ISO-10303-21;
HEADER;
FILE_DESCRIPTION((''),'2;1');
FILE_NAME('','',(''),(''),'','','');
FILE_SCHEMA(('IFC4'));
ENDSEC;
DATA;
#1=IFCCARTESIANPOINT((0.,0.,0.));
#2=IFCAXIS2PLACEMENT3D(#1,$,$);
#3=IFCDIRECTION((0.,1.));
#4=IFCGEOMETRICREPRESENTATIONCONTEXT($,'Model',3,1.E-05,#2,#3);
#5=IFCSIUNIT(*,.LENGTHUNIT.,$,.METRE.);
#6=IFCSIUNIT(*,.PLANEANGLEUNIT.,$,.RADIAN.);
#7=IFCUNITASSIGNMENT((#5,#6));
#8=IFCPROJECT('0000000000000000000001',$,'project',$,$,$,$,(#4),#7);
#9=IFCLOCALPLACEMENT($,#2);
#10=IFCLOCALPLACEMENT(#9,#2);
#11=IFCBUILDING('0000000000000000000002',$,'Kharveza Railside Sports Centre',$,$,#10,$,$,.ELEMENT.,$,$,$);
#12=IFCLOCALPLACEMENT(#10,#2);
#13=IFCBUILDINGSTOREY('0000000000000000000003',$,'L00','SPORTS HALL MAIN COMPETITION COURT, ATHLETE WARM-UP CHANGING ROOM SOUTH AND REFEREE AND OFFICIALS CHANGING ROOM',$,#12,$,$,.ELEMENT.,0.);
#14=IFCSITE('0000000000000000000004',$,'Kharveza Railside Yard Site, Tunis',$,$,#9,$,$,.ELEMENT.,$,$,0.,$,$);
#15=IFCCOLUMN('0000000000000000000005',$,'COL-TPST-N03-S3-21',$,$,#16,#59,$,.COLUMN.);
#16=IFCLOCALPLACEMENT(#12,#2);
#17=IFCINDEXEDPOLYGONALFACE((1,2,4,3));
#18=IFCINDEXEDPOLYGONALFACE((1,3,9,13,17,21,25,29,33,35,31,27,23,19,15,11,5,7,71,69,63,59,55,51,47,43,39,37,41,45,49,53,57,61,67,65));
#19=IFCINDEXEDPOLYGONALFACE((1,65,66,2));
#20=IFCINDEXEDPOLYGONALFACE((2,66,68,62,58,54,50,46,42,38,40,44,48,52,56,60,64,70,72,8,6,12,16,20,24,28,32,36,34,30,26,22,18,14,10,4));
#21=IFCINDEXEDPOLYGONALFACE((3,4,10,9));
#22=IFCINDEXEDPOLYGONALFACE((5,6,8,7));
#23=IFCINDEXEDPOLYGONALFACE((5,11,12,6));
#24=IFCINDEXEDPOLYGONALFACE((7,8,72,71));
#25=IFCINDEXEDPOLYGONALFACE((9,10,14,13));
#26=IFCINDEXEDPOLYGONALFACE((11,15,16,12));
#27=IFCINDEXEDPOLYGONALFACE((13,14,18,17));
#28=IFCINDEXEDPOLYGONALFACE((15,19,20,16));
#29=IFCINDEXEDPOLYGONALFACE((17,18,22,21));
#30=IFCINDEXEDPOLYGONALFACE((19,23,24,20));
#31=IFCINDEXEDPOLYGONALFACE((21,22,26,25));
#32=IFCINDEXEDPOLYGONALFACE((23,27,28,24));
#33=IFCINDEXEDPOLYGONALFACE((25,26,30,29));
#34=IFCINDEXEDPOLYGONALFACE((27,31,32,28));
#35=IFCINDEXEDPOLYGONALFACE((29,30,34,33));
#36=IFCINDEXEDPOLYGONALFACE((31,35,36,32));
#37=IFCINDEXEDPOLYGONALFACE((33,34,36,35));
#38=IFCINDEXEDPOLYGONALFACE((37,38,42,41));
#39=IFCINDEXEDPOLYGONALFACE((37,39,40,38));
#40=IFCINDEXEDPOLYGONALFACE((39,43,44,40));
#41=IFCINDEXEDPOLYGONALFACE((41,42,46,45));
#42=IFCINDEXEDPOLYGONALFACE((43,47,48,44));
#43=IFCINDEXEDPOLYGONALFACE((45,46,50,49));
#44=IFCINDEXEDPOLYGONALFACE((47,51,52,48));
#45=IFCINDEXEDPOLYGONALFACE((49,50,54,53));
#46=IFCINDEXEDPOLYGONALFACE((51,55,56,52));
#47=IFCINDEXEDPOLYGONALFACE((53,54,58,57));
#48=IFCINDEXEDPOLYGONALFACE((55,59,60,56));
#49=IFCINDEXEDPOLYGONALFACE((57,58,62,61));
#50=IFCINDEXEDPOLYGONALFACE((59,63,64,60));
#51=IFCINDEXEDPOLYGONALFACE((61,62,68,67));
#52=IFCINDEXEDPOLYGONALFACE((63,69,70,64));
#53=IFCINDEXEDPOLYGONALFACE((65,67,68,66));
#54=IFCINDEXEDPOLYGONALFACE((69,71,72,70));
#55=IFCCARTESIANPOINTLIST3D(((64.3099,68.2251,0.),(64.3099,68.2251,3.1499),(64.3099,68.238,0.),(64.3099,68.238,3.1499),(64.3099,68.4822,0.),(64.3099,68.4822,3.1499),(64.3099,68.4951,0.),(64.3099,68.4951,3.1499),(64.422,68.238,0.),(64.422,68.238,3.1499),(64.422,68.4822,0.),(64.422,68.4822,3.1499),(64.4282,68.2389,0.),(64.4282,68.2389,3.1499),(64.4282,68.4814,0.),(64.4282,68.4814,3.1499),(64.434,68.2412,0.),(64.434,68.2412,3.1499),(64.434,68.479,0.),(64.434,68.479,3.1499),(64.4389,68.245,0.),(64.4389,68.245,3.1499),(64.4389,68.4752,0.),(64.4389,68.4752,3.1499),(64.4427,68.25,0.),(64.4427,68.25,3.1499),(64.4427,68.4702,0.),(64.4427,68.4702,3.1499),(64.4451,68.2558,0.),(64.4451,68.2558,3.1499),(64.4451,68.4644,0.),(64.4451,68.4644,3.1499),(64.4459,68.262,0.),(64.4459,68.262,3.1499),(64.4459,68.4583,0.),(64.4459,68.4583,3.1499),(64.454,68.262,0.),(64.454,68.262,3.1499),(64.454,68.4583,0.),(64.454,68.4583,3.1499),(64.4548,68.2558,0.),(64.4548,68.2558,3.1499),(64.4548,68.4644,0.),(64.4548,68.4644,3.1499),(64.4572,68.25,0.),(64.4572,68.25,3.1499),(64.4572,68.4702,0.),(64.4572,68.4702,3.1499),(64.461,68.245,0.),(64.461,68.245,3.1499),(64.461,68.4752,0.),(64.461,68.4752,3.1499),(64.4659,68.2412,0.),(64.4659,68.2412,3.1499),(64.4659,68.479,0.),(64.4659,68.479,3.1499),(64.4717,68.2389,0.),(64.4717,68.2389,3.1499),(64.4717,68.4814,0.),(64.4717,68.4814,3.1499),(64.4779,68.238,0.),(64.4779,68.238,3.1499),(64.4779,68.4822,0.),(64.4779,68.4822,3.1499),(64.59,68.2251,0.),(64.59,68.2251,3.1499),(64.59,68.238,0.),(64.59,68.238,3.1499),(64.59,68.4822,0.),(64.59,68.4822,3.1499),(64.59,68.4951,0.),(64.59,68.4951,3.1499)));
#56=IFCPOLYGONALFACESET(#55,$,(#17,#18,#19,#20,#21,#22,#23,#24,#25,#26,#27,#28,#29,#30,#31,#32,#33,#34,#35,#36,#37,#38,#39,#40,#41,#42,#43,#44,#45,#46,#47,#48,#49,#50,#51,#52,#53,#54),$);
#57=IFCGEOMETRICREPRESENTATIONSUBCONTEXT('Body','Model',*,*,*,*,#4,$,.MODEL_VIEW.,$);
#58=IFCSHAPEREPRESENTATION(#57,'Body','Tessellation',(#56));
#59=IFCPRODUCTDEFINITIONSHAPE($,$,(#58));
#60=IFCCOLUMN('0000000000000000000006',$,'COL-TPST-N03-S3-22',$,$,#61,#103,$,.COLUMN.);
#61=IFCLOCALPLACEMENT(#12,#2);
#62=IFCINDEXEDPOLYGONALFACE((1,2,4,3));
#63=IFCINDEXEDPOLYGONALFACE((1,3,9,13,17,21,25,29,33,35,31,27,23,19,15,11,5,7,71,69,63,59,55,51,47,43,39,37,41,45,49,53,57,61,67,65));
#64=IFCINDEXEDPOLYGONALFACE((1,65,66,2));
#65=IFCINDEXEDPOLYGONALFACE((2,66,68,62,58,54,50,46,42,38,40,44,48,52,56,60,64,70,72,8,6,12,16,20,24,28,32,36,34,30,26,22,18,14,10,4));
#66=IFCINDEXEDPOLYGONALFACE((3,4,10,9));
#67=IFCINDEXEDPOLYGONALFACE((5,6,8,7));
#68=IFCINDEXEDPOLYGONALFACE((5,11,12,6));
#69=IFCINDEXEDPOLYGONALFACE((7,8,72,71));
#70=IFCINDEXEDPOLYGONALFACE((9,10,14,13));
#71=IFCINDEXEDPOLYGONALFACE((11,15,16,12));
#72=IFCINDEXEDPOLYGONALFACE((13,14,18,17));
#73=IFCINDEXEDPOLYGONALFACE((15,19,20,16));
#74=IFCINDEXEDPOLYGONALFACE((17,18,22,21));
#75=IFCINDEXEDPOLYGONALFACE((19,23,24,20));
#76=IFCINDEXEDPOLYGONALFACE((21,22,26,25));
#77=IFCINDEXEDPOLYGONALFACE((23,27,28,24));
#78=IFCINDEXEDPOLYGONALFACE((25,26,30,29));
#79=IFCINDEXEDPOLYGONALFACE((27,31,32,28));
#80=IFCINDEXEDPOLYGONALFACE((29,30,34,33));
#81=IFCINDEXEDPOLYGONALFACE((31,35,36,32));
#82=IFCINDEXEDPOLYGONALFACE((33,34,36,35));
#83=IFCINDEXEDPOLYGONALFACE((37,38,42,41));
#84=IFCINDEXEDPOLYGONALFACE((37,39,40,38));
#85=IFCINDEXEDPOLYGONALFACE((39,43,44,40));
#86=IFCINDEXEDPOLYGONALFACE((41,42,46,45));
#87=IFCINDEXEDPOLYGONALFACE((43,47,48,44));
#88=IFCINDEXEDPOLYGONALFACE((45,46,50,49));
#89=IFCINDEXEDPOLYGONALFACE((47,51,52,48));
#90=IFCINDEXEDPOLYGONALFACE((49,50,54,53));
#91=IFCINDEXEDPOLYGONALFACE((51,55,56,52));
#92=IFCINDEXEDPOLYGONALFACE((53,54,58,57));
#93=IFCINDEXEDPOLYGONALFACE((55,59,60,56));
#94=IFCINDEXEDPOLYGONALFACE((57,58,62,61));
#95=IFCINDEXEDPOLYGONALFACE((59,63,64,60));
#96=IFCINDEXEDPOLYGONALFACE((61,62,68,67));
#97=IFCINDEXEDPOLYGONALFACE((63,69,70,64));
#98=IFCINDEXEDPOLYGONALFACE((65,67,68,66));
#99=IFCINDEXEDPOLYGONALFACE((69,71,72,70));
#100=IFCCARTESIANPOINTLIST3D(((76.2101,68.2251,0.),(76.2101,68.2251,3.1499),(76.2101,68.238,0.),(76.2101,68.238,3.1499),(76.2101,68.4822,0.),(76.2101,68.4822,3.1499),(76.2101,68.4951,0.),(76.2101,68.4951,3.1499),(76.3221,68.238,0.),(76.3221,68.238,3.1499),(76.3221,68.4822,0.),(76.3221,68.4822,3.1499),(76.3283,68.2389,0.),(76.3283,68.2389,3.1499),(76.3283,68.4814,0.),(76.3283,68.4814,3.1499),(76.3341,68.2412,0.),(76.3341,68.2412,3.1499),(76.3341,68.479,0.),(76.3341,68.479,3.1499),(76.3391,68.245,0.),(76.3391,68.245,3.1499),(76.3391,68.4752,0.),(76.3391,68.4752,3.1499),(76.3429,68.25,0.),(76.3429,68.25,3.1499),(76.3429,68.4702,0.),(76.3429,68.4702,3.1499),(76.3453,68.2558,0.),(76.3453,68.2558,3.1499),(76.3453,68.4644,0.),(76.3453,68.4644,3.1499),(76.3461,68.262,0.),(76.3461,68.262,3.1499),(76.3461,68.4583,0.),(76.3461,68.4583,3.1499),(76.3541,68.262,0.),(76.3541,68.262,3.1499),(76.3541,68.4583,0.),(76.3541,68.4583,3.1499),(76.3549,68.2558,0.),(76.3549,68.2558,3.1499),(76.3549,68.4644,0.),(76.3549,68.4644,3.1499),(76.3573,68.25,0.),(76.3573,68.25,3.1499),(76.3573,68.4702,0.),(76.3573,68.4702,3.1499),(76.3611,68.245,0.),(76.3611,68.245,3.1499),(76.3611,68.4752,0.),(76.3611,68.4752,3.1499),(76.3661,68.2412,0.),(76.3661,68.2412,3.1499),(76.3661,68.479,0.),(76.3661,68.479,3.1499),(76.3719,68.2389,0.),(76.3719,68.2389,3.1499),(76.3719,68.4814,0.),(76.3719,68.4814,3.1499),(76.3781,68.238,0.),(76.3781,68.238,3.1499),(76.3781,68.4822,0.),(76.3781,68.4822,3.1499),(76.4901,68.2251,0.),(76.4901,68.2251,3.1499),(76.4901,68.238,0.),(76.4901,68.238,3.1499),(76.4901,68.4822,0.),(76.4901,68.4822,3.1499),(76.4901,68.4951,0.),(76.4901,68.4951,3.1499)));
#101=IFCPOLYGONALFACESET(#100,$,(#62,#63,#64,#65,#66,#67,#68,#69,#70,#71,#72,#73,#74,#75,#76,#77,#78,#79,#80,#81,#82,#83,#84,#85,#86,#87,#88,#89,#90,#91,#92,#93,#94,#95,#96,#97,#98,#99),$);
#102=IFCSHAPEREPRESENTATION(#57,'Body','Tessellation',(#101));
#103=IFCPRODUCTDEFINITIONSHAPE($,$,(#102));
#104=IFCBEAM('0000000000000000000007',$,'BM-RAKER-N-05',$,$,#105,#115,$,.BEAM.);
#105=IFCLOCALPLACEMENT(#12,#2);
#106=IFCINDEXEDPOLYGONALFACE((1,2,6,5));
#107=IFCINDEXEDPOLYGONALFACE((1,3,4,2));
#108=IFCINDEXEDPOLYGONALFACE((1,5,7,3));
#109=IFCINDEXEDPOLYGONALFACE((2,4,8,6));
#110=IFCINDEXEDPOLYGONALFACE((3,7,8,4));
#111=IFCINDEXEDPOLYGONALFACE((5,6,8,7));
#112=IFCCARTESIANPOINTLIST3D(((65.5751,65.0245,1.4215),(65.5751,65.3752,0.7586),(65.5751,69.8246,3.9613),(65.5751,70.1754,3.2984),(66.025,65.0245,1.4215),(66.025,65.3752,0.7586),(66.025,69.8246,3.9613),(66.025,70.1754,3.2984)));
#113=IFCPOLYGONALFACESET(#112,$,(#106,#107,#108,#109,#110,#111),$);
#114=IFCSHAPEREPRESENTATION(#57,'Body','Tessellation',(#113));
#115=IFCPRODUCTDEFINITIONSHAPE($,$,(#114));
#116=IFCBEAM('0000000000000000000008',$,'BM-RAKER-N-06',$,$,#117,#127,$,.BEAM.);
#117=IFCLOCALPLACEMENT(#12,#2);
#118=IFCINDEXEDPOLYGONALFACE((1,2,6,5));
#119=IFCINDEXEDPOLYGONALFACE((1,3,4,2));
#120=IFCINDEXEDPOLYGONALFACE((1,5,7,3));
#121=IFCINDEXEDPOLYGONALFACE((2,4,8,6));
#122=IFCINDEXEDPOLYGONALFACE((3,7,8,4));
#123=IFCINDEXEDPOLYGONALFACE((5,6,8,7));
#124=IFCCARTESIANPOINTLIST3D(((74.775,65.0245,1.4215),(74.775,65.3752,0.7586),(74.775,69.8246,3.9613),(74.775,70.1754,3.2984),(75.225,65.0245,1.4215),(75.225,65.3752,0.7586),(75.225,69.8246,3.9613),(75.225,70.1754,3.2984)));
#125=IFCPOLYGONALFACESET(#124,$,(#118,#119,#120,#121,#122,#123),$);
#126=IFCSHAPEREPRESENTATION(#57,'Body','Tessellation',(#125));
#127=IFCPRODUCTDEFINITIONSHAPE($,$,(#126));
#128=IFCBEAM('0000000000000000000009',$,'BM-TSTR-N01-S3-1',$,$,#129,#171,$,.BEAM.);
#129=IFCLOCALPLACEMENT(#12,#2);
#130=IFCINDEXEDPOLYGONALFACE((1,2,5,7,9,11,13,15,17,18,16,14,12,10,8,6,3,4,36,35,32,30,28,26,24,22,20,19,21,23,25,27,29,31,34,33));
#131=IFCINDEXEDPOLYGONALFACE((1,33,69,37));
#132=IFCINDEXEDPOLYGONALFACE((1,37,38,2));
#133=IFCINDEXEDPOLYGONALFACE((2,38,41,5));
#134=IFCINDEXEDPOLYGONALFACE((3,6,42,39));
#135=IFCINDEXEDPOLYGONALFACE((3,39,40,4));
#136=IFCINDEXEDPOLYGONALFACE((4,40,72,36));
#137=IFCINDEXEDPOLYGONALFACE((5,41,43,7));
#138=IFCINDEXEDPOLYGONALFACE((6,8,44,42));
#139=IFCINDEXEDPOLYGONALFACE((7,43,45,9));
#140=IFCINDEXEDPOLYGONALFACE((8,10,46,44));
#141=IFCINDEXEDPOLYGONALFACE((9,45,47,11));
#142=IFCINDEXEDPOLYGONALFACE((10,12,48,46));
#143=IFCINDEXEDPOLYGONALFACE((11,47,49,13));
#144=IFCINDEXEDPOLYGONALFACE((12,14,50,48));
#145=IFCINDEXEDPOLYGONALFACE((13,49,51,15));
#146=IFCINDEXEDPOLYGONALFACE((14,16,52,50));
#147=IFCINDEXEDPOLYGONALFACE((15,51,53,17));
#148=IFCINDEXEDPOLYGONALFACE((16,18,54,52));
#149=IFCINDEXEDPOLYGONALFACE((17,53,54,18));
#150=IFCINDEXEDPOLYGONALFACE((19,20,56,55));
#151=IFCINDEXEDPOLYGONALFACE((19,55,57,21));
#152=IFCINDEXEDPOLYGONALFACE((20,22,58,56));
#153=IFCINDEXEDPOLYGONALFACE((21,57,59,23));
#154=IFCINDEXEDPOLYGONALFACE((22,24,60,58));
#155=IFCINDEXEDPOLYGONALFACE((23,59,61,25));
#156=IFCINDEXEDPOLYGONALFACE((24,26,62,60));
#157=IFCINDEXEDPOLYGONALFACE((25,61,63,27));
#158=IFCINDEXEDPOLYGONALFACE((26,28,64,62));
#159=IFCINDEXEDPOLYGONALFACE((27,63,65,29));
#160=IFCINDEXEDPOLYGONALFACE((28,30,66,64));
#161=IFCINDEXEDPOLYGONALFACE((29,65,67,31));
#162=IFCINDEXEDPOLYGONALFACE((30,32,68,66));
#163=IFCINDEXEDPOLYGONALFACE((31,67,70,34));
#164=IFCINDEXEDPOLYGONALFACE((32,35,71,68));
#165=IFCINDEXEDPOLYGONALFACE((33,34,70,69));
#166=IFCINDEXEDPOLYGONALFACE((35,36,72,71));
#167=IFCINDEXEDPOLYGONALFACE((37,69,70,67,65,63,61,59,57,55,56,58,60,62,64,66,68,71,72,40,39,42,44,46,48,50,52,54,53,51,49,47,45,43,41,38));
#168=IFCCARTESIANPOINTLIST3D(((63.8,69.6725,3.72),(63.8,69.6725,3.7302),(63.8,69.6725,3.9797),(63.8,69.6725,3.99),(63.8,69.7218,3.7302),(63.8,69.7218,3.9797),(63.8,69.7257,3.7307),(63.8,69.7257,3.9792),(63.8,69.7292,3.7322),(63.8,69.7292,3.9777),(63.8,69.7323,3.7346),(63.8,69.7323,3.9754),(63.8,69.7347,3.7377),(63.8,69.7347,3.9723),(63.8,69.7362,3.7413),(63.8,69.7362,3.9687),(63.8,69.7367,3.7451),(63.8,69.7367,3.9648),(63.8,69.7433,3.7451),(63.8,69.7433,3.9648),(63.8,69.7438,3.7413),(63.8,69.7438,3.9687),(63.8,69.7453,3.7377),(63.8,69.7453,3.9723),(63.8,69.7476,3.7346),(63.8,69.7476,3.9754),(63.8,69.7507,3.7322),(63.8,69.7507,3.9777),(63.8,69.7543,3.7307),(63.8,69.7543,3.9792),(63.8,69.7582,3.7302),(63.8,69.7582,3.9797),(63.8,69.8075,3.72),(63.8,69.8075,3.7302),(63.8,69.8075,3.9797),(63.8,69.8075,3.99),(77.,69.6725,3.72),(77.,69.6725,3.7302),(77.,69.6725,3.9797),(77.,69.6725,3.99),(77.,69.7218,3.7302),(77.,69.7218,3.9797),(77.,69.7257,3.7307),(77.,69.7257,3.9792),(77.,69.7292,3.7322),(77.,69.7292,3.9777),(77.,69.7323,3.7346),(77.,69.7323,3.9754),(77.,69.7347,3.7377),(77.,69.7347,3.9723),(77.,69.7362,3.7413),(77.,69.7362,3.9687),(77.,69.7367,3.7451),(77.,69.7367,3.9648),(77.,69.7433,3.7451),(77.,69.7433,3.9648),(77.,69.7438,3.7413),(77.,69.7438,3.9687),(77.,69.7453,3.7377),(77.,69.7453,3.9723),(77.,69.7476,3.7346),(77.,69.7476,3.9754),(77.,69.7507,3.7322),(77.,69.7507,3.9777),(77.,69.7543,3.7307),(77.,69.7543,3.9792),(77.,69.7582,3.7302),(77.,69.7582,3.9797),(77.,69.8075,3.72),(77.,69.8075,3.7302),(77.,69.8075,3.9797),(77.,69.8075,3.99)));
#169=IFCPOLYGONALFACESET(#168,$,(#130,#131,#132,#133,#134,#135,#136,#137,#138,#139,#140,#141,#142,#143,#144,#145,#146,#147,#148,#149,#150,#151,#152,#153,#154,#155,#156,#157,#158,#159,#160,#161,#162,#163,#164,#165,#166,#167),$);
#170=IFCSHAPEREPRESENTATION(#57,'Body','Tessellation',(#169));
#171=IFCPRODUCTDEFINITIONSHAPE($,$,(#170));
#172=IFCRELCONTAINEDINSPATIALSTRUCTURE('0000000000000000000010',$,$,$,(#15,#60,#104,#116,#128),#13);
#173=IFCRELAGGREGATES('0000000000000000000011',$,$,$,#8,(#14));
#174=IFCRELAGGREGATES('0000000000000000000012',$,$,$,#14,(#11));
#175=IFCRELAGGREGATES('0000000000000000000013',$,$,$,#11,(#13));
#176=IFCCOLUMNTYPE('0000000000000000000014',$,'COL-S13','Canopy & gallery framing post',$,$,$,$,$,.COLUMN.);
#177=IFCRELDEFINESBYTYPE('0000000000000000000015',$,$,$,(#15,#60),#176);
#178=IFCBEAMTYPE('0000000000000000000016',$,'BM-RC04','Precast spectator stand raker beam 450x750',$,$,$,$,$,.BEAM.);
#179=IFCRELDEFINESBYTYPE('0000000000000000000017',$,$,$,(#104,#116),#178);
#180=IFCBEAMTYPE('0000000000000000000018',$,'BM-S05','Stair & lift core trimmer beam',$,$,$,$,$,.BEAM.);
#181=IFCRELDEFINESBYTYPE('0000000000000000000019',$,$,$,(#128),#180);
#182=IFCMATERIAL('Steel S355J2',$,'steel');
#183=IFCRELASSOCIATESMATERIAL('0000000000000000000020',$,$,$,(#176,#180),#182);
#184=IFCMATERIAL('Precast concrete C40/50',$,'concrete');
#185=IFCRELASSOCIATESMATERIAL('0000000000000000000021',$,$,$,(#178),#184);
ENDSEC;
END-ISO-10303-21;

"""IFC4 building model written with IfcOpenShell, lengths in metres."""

from ifc_helpers import new_model, si_unit, direction, frame, origin, origin_2d, place, context, subcontext, project, spatial, rectangle, i_section, extrude, material, material_profile, profile_set, type_object, element, save


model = new_model("IFC4")

# Units and contexts
model_context = context("Model", 3, precision=1e-05, world=origin(), true_north=direction((0.0, 1.0)))
body_context = subcontext(model_context, "Body", "Model", "MODEL_VIEW")
ifc_project = project(units=[si_unit("LENGTHUNIT", "METRE"), si_unit("PLANEANGLEUNIT", "RADIAN")], contexts=[model_context])

# Site, building, storey
site_placement = place(None, origin())
site = spatial("IfcSite", under=ifc_project, at=site_placement, Name="Kharveza Railside Yard Site, Tunis", CompositionType="ELEMENT", RefElevation=0.0)
building_placement = place(site_placement, origin())
building = spatial("IfcBuilding", under=site, at=building_placement, Name="Kharveza Railside Sports Centre", CompositionType="ELEMENT")
storey_placement = place(building_placement, origin())
storey = spatial("IfcBuildingStorey", under=building, at=storey_placement, Name="L00", Description="SPORTS HALL MAIN COMPETITION COURT, ATHLETE WARM-UP CHANGING ROOM SOUTH AND REFEREE AND OFFICIALS CHANGING ROOM", CompositionType="ELEMENT", Elevation=0.0)

# Columns
ifc_material_1 = material(Name="Steel S355J2", Category="steel")
ifc_material_profile_1 = material_profile(ifc_material_1, i_section(OverallWidth=0.28, OverallDepth=0.27, WebThickness=0.0081, FlangeThickness=0.0129, FilletRadius=0.0239, at=origin_2d()), Name="HEA 280")
ifc_profile_set_1 = profile_set([ifc_material_profile_1], Name="Steel S355J2")
column_type_1 = type_object("IfcColumnType", Name="COL-S13", Description="Canopy & gallery framing post", PredefinedType="COLUMN", material=ifc_profile_set_1)
for number, where, z_axis, x_axis, name in (
    (1, (64.45, 68.3601, 0.0), (0.0, 0.0, 1.0), (1.0, 0.0, 0.0), "COL-TPST-N03-S3-21"),
    (2, (76.3501, 68.3601, 0.0), (0.0, 0.0, 1.0), (1.0, 0.0, 0.0), "COL-TPST-N03-S3-22"),
):
    element("IfcColumn", number, at=place(storey_placement, frame(where, z_axis=z_axis, x_axis=x_axis)), inside=storey, type_object=column_type_1, Name=name, PredefinedType="COLUMN", context=body_context, shape_type="SweptSolid", body=[
        extrude(i_section(OverallWidth=0.28, OverallDepth=0.27, WebThickness=0.0081, FlangeThickness=0.0129, FilletRadius=0.0239, at=origin_2d()), origin(), (0.0, 0.0, 1.0), 3.1499),
    ])

# Beams
ifc_material_2 = material(Name="Precast concrete C40/50", Category="concrete")
ifc_material_profile_2 = material_profile(ifc_material_2, rectangle(XDim=0.45, YDim=0.75, at=origin_2d()), Name="RCB 450x750")
ifc_profile_set_2 = profile_set([ifc_material_profile_2], Name="Precast concrete C40/50")
beam_type_1 = type_object("IfcBeamType", Name="BM-RC04", Description="Precast spectator stand raker beam 450x750", PredefinedType="BEAM", material=ifc_profile_set_2)
for number, where, z_axis, x_axis, name in (
    (3, (65.8, 70.0, 3.6299), (0.0, -0.883895, -0.467685), (1.0, 0.0, 0.0), "BM-RAKER-N-05"),
    (4, (75.0, 70.0, 3.6299), (0.0, -0.883895, -0.467685), (1.0, 0.0, 0.0), "BM-RAKER-N-06"),
):
    element("IfcBeam", number, at=place(storey_placement, frame(where, z_axis=z_axis, x_axis=x_axis)), inside=storey, type_object=beam_type_1, Name=name, PredefinedType="BEAM", context=body_context, shape_type="SweptSolid", body=[
        extrude(rectangle(XDim=0.45, YDim=0.75, at=origin_2d()), origin(), (0.0, 0.0, 1.0), 5.4307),
    ])
ifc_material_profile_3 = material_profile(ifc_material_1, i_section(OverallWidth=0.135, OverallDepth=0.27, WebThickness=0.0066, FlangeThickness=0.0103, FilletRadius=0.0149, at=origin_2d()), Name="IPE 270")
ifc_profile_set_3 = profile_set([ifc_material_profile_3], Name="Steel S355J2")
beam_type_2 = type_object("IfcBeamType", Name="BM-S05", Description="Stair & lift core trimmer beam", PredefinedType="BEAM", material=ifc_profile_set_3)
for number, where, z_axis, x_axis, name in (
    (5, (63.8, 69.74, 3.855), (1.0, 0.0, 0.0), (0.0, 1.0, 0.0), "BM-TSTR-N01-S3-1"),
):
    element("IfcBeam", number, at=place(storey_placement, frame(where, z_axis=z_axis, x_axis=x_axis)), inside=storey, type_object=beam_type_2, Name=name, PredefinedType="BEAM", context=body_context, shape_type="SweptSolid", body=[
        extrude(i_section(OverallWidth=0.135, OverallDepth=0.27, WebThickness=0.0066, FlangeThickness=0.0103, FilletRadius=0.0149, at=origin_2d()), origin(), (0.0, 0.0, 1.0), 13.2),
    ])

save(model, "model.ifc")
